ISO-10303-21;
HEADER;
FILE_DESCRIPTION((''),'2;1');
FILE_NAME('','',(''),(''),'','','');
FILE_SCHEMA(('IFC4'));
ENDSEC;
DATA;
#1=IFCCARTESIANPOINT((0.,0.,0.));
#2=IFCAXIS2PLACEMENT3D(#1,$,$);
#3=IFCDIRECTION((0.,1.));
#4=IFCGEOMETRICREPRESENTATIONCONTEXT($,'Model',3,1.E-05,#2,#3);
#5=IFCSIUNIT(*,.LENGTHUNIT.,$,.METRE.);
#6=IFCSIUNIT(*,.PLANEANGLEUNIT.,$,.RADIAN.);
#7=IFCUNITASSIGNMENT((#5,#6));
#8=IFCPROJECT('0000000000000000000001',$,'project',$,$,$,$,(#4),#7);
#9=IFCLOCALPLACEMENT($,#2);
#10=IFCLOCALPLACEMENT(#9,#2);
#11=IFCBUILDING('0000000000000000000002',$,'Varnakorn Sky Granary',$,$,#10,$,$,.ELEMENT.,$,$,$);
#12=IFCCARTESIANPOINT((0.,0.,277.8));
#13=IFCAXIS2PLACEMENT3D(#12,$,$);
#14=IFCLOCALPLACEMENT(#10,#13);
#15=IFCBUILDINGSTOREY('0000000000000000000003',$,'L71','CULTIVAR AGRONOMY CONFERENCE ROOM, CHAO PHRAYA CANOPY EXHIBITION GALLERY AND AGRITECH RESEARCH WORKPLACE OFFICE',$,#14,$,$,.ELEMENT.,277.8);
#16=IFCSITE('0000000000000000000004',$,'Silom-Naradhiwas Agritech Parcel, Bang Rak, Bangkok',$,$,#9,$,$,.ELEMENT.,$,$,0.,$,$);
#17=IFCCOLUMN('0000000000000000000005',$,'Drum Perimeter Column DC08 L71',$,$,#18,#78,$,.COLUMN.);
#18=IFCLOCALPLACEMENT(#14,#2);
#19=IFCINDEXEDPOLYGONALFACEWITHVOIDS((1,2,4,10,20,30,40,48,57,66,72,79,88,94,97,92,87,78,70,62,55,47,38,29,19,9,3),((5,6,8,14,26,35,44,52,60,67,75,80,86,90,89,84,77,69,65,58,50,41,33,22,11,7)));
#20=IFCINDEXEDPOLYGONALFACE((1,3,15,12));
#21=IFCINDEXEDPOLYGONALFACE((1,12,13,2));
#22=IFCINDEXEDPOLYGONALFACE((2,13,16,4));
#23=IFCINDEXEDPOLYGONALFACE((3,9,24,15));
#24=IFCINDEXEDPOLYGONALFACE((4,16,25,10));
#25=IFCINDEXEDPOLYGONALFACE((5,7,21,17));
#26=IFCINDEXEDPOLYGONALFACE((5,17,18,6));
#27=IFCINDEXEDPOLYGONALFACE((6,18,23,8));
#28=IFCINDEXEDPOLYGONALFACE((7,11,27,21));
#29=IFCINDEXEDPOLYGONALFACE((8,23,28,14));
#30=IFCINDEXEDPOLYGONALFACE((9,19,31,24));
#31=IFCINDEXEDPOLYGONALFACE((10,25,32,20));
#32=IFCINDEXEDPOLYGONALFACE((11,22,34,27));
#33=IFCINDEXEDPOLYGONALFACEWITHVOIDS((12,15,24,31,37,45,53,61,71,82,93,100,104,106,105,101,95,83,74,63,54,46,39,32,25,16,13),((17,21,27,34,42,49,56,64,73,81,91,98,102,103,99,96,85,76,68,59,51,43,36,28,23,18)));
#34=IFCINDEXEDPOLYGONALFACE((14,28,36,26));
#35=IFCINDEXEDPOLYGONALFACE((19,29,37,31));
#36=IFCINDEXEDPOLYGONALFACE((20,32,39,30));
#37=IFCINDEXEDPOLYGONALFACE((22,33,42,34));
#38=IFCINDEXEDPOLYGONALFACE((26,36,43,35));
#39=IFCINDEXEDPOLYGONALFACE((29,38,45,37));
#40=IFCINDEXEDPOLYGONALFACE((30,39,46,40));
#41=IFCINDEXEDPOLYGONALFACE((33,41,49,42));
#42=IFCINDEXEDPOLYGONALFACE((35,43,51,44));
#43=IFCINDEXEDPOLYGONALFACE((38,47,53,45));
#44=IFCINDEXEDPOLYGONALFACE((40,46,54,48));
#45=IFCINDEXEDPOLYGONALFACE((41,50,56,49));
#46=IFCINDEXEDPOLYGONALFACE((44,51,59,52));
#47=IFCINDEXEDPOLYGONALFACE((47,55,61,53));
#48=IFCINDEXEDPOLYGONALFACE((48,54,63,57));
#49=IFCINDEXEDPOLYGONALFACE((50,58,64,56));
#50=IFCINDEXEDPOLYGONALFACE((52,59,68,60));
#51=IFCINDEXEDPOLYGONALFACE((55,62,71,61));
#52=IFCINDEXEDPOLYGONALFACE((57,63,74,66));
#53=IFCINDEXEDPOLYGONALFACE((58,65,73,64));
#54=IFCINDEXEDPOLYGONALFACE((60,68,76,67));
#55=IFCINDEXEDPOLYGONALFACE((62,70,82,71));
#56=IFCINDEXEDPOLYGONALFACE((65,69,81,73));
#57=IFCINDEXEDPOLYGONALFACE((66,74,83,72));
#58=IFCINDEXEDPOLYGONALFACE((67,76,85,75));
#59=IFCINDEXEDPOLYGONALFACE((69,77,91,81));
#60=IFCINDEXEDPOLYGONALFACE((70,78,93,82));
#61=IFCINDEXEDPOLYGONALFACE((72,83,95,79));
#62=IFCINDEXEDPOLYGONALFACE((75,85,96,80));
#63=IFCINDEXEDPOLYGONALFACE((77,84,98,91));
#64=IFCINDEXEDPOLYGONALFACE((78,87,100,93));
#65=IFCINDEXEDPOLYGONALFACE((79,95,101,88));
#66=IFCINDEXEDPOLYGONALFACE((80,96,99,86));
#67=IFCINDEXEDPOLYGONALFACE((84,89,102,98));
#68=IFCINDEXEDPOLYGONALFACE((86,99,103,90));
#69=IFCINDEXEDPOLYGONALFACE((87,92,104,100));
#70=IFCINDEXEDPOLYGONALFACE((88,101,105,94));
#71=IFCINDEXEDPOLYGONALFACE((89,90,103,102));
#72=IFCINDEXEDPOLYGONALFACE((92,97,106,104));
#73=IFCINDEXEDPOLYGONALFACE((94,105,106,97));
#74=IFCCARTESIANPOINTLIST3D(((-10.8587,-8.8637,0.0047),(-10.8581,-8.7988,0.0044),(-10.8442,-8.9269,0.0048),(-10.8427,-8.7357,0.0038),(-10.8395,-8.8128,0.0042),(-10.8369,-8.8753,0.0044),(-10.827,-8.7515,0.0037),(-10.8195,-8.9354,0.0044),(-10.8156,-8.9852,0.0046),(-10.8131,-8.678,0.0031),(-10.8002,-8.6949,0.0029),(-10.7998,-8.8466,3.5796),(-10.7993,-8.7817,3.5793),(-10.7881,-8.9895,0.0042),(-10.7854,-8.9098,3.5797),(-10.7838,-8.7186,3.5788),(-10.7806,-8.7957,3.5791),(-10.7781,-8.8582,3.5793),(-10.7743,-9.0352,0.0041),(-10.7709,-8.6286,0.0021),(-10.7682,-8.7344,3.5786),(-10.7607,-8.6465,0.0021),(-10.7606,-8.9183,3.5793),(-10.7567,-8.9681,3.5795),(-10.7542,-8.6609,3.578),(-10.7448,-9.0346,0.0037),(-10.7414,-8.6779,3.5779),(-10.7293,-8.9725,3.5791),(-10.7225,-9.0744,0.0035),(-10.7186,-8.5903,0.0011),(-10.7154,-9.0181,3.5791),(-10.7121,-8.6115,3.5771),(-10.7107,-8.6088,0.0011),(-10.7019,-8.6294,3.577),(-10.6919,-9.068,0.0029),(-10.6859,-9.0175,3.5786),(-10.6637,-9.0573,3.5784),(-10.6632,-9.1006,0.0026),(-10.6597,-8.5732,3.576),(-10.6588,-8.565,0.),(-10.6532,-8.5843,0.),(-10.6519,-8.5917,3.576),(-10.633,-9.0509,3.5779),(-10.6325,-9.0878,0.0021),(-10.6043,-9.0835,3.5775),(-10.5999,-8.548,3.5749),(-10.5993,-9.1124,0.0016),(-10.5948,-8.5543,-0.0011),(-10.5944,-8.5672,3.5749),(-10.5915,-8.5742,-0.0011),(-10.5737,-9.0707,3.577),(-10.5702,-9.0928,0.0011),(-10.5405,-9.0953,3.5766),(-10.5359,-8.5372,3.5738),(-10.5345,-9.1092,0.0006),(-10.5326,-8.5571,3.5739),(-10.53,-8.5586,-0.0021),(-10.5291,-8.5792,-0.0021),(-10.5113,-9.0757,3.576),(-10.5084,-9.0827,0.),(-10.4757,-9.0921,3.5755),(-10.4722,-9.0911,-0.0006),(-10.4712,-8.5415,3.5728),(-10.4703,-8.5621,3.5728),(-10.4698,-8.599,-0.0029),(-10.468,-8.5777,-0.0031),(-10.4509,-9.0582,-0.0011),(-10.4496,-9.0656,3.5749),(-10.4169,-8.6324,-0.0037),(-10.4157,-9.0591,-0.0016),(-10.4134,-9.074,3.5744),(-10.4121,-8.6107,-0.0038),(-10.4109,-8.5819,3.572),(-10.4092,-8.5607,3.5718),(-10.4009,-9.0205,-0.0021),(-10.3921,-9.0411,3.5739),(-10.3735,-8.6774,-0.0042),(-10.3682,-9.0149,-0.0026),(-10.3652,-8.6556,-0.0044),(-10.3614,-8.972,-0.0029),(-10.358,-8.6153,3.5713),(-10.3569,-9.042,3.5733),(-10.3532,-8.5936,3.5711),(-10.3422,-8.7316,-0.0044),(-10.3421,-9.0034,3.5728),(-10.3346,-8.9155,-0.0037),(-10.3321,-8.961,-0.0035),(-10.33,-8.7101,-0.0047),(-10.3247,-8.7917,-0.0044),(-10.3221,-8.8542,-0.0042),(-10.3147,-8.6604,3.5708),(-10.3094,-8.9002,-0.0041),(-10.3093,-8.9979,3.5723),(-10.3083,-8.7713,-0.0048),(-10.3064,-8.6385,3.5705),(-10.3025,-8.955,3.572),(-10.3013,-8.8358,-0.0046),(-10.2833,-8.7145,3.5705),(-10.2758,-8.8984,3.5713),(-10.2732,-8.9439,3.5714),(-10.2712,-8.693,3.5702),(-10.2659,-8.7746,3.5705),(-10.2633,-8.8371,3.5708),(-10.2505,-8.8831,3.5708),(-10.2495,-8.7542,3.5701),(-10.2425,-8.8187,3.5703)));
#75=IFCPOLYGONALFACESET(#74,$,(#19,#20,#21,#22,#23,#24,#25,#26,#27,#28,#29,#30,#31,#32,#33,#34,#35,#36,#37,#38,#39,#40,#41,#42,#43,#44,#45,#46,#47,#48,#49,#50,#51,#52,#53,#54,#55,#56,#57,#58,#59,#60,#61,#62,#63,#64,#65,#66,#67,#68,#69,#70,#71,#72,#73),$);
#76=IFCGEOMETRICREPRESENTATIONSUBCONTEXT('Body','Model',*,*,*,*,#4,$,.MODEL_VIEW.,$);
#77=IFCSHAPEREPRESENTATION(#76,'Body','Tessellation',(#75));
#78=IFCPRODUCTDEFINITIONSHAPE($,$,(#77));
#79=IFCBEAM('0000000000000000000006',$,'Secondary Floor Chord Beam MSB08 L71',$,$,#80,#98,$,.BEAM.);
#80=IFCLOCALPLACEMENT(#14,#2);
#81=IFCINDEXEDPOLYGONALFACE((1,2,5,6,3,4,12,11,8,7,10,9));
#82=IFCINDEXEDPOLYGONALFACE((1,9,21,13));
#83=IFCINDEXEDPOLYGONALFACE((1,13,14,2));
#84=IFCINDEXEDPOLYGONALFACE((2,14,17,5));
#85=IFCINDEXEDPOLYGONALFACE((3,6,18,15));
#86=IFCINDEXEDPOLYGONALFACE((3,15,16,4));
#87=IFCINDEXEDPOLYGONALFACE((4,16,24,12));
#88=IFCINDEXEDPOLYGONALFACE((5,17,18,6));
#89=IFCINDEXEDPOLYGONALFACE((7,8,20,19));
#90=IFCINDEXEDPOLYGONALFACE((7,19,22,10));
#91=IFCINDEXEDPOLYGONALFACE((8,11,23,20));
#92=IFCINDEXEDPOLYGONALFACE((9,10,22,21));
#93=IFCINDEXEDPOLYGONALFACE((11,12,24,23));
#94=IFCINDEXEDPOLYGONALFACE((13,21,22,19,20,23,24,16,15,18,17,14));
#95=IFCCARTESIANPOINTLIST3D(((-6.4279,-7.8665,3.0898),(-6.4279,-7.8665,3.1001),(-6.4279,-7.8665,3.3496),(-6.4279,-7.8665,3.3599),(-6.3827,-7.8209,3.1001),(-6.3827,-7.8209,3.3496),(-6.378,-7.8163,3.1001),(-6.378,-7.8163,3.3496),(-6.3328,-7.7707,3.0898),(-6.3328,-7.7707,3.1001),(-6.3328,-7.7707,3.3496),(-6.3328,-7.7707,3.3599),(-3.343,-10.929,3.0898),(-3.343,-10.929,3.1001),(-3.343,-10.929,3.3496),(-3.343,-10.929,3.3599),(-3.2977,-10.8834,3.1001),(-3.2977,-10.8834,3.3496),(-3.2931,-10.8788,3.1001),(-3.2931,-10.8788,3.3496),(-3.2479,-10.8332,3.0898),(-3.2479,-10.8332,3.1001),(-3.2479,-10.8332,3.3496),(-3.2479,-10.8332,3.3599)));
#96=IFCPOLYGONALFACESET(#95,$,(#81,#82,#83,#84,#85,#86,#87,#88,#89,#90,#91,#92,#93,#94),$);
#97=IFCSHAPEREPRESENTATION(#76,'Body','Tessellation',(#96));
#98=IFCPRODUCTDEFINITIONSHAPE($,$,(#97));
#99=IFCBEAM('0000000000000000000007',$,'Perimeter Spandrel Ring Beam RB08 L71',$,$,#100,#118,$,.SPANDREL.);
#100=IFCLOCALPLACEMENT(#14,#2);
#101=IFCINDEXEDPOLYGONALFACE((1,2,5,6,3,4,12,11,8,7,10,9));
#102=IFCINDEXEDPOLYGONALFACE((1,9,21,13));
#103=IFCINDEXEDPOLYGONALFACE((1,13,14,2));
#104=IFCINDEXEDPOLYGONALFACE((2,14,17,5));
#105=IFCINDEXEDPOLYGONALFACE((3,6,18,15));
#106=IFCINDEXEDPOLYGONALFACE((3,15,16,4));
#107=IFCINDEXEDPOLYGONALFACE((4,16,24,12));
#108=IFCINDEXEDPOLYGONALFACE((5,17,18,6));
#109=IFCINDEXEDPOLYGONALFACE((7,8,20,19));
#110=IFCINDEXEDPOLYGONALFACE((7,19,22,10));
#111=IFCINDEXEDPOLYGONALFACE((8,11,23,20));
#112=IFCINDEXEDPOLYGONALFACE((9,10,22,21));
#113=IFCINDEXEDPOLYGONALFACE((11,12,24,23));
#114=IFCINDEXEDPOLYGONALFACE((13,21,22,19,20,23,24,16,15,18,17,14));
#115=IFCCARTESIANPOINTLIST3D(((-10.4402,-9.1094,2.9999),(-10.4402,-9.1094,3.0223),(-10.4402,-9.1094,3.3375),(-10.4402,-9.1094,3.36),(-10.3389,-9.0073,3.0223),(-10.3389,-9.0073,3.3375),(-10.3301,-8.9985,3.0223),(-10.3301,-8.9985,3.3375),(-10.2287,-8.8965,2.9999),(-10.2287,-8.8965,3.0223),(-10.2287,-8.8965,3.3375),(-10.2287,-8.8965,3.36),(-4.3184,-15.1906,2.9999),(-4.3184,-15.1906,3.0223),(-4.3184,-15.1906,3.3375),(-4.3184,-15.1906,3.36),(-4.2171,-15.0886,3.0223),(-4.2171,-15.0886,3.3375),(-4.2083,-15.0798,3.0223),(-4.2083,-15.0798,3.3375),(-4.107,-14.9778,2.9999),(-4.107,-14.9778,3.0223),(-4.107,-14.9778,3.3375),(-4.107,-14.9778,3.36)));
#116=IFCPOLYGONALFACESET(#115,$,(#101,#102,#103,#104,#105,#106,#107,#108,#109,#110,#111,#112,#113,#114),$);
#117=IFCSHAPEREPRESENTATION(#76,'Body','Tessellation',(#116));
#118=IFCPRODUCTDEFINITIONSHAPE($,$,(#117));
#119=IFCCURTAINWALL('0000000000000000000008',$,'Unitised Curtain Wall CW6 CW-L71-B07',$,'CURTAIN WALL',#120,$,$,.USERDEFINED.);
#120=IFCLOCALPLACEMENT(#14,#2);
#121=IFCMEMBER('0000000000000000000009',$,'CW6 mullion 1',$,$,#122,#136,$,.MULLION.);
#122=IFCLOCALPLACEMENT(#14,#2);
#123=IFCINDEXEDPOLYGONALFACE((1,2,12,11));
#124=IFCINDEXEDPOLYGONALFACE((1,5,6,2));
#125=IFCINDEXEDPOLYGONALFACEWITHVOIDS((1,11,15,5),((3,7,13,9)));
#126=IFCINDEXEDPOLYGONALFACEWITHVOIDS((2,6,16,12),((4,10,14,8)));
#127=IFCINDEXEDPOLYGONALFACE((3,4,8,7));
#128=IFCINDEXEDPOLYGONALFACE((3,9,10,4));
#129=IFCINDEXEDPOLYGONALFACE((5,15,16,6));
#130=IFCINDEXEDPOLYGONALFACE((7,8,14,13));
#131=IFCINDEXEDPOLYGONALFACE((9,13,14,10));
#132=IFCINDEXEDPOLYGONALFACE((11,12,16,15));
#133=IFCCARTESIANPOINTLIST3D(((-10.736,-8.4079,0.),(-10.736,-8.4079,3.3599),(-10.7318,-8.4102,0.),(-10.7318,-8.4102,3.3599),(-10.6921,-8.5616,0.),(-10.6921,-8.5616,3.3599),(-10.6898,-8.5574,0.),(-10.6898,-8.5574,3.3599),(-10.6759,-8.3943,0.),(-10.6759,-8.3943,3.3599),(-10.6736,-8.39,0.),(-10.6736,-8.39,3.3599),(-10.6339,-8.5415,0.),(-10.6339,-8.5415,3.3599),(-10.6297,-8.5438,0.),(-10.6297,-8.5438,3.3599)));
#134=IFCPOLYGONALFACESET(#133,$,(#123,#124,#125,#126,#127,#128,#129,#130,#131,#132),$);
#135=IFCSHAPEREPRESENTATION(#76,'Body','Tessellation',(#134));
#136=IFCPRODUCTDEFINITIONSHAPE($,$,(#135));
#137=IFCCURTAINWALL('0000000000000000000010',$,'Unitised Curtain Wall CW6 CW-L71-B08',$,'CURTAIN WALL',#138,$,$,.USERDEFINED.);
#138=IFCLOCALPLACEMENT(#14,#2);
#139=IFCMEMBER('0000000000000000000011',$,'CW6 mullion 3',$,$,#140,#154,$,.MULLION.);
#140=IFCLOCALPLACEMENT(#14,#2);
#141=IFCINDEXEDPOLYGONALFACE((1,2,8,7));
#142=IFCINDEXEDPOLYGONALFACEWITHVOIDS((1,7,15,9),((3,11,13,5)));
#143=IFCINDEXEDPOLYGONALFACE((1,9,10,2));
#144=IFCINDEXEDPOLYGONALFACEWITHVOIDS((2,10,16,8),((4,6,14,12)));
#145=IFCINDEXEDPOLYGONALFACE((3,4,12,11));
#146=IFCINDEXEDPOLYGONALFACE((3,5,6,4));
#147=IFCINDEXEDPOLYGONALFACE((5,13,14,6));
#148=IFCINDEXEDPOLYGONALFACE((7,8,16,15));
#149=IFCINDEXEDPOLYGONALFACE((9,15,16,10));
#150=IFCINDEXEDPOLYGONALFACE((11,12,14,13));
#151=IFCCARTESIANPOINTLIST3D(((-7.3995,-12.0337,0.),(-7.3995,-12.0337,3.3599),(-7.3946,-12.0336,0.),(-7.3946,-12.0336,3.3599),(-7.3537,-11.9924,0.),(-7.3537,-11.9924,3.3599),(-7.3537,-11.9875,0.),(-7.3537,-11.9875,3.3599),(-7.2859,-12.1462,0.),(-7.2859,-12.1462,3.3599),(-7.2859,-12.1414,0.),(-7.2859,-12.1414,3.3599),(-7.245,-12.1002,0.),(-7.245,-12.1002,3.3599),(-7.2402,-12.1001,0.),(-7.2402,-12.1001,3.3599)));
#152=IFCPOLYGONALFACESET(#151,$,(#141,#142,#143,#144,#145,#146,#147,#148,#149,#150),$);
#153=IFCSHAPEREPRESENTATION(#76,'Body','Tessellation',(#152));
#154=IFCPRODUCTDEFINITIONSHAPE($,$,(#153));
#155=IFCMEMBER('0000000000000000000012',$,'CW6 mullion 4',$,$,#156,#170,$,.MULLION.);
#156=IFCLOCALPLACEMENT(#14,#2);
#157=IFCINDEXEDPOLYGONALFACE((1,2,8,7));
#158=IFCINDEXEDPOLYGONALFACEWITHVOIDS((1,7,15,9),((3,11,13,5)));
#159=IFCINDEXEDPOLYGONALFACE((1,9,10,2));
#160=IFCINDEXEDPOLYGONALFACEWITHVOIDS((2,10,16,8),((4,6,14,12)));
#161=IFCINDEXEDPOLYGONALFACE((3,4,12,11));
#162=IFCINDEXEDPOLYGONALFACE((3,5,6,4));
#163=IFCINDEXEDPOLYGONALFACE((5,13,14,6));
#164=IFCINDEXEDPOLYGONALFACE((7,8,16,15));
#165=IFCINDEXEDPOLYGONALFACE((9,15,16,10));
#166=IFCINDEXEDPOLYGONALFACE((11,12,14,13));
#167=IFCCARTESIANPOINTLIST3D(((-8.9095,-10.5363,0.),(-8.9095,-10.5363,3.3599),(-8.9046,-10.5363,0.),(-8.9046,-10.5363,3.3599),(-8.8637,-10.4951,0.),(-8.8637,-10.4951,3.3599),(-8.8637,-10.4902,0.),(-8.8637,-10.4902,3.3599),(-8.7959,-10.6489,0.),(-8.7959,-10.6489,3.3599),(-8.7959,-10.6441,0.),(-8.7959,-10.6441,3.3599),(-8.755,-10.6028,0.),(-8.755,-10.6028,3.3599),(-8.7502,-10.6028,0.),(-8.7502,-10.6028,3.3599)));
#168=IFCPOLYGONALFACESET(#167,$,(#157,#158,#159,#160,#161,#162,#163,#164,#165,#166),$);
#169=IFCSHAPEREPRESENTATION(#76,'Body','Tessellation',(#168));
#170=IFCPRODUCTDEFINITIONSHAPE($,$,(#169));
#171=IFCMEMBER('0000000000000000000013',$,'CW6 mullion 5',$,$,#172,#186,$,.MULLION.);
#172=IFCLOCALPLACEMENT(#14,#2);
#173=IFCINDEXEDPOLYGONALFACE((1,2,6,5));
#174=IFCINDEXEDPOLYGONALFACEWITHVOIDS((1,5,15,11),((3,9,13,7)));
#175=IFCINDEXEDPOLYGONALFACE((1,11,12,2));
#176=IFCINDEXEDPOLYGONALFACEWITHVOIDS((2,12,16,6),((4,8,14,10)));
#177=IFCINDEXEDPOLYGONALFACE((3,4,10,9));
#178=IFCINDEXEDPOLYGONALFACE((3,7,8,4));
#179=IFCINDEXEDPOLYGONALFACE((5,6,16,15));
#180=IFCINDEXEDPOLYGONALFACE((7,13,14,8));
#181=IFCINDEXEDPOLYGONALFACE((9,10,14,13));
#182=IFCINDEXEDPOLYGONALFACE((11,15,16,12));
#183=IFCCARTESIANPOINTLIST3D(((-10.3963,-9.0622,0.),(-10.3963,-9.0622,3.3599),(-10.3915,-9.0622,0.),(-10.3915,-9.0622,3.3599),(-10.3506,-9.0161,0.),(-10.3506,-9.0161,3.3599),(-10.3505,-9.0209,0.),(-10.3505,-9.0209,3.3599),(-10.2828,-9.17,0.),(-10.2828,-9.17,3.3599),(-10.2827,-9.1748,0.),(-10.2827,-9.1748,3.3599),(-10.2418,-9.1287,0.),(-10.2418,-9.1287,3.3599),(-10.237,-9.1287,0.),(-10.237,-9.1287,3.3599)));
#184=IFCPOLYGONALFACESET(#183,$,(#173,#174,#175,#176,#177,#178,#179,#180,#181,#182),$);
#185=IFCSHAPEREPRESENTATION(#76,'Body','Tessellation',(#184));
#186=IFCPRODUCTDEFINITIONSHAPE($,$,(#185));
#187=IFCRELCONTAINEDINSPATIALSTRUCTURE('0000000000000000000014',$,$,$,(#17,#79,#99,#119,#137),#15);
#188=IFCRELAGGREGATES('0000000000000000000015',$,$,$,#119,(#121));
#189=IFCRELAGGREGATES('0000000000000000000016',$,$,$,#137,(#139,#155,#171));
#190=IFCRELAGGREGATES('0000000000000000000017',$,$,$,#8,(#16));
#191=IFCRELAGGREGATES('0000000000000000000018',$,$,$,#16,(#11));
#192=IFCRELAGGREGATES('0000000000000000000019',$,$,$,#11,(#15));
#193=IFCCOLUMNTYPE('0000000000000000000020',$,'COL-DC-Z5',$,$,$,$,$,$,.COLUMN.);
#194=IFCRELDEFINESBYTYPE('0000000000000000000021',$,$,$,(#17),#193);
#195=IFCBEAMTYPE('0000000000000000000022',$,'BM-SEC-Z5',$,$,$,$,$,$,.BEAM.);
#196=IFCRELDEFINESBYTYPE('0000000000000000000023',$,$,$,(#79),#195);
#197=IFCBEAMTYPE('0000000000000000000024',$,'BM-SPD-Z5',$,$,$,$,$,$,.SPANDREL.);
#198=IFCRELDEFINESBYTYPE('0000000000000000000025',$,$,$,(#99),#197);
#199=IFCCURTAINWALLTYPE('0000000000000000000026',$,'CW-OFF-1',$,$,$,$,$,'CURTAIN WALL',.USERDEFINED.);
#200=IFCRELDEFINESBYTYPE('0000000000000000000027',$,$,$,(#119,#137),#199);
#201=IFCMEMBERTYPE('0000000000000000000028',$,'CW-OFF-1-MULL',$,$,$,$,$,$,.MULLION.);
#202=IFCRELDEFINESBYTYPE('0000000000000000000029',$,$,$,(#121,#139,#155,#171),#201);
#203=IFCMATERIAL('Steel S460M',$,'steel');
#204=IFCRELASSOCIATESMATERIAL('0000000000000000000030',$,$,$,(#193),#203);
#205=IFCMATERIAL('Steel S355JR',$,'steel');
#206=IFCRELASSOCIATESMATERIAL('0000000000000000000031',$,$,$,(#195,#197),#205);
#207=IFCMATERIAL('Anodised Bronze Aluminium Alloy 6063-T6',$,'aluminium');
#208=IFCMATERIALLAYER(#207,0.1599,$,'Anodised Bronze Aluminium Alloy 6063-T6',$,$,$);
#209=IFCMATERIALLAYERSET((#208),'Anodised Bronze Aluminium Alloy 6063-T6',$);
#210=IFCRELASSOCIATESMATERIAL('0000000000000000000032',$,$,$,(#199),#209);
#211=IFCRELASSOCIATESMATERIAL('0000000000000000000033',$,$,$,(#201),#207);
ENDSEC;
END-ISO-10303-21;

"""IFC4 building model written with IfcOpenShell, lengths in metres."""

from ifc_helpers import new_model, si_unit, direction, frame, origin, origin_2d, place, context, subcontext, project, spatial, hollow_rectangle, hollow_circle, i_section, extrude, material, layer, layer_set, material_profile, profile_set, type_object, element, aggregate, save


model = new_model("IFC4")

# Units and contexts
model_context = context("Model", 3, precision=1e-05, world=origin(), true_north=direction((0.0, 1.0)))
body_context = subcontext(model_context, "Body", "Model", "MODEL_VIEW")
ifc_project = project(units=[si_unit("LENGTHUNIT", "METRE"), si_unit("PLANEANGLEUNIT", "RADIAN")], contexts=[model_context])

# Site, building, storey
site_placement = place(None, origin())
site = spatial("IfcSite", under=ifc_project, at=site_placement, Name="Silom-Naradhiwas Agritech Parcel, Bang Rak, Bangkok", CompositionType="ELEMENT", RefElevation=0.0)
building_placement = place(site_placement, origin())
building = spatial("IfcBuilding", under=site, at=building_placement, Name="Varnakorn Sky Granary", CompositionType="ELEMENT")
storey_placement = place(building_placement, frame((0.0, 0.0, 277.8)))
storey = spatial("IfcBuildingStorey", under=building, at=storey_placement, Name="L71", Description="CULTIVAR AGRONOMY CONFERENCE ROOM, CHAO PHRAYA CANOPY EXHIBITION GALLERY AND AGRITECH RESEARCH WORKPLACE OFFICE", CompositionType="ELEMENT", Elevation=277.8)

# Column
ifc_material_1 = material(Name="Steel S460M", Category="steel")
ifc_material_profile_1 = material_profile(ifc_material_1, hollow_circle(Radius=0.2795, WallThickness=0.02, at=origin_2d()), Name="CHS 559x20")
ifc_profile_set_1 = profile_set([ifc_material_profile_1], Name="Steel S460M")
column_type = type_object("IfcColumnType", Name="COL-DC-Z5", PredefinedType="COLUMN", material=ifc_profile_set_1)
column_placement = place(storey_placement, frame((-10.5808, -8.8335, 0.0), z_axis=(0.016456, 0.00478, 0.999853), x_axis=(-0.278929, 0.960312, 0.0)))
element("IfcColumn", 1, at=column_placement, inside=storey, type_object=column_type, Name="Drum Perimeter Column DC08 L71", PredefinedType="COLUMN", context=body_context, shape_type="SweptSolid", body=[
    extrude(hollow_circle(Radius=0.2795, WallThickness=0.02, at=origin_2d()), origin(), (0.0, 0.0, 1.0), 3.5754),
])

# Beams
ifc_material_2 = material(Name="Steel S355JR", Category="steel")
ifc_material_profile_2 = material_profile(ifc_material_2, i_section(OverallWidth=0.135, OverallDepth=0.27, WebThickness=0.0066, FlangeThickness=0.0103, at=origin_2d()), Name="IPE 270")
ifc_profile_set_2 = profile_set([ifc_material_profile_2], Name="Steel S355JR")
beam_type_1 = type_object("IfcBeamType", Name="BM-SEC-Z5", PredefinedType="BEAM", material=ifc_profile_set_2)
beam_1_placement = place(storey_placement, frame((-6.3804, -7.8186, 3.2249), z_axis=(0.709686, -0.704519, 0.0), x_axis=(0.704519, 0.709686, 0.0)))
element("IfcBeam", 2, at=beam_1_placement, inside=storey, type_object=beam_type_1, Name="Secondary Floor Chord Beam MSB08 L71", PredefinedType="BEAM", context=body_context, shape_type="SweptSolid", body=[
    extrude(i_section(OverallWidth=0.135, OverallDepth=0.27, WebThickness=0.0066, FlangeThickness=0.0103, at=origin_2d()), origin(), (0.0, 0.0, 1.0), 4.3469),
])
ifc_material_profile_3 = material_profile(ifc_material_2, i_section(OverallWidth=0.3, OverallDepth=0.3601, WebThickness=0.0125, FlangeThickness=0.0225, at=origin_2d()), Name="HE 360 B")
ifc_profile_set_3 = profile_set([ifc_material_profile_3], Name="Steel S355JR")
beam_type_2 = type_object("IfcBeamType", Name="BM-SPD-Z5", PredefinedType="SPANDREL", material=ifc_profile_set_3)
beam_2_placement = place(storey_placement, frame((-10.3345, -9.0029, 3.1799), z_axis=(0.709451, -0.704755, 0.0), x_axis=(0.704755, 0.709451, 0.0)))
element("IfcBeam", 3, at=beam_2_placement, inside=storey, type_object=beam_type_2, Name="Perimeter Spandrel Ring Beam RB08 L71", PredefinedType="SPANDREL", context=body_context, shape_type="SweptSolid", body=[
    extrude(i_section(OverallWidth=0.3, OverallDepth=0.3601, WebThickness=0.0125, FlangeThickness=0.0225, at=origin_2d()), origin(), (0.0, 0.0, 1.0), 8.6289),
])

# Curtain wall, member
ifc_material_3 = material(Name="Anodised Bronze Aluminium Alloy 6063-T6", Category="aluminium")
ifc_layer_1 = layer(ifc_material_3, 0.1599, Name="Anodised Bronze Aluminium Alloy 6063-T6")
ifc_layer_set_1 = layer_set([ifc_layer_1], Name="Anodised Bronze Aluminium Alloy 6063-T6")
curtain_wall_type = type_object("IfcCurtainWallType", Name="CW-OFF-1", ElementType="CURTAIN WALL", PredefinedType="USERDEFINED", material=ifc_layer_set_1)
curtain_wall_1_placement = place(storey_placement, origin())
curtain_wall_1 = element("IfcCurtainWall", 4, at=curtain_wall_1_placement, inside=storey, type_object=curtain_wall_type, Name="Unitised Curtain Wall CW6 CW-L71-B07", ObjectType="CURTAIN WALL", PredefinedType="USERDEFINED")
ifc_material_profile_4 = material_profile(ifc_material_3, hollow_rectangle(XDim=0.0649, YDim=0.1599, WallThickness=0.0034, at=origin_2d()), Name="ALU MULL 65x160")
ifc_profile_set_4 = profile_set([ifc_material_profile_4], Name="Anodised Bronze Aluminium Alloy 6063-T6")
member_type_1 = type_object("IfcMemberType", Name="CW-OFF-1-MULL", PredefinedType="MULLION", material=ifc_profile_set_4)
member_1_placement = place(storey_placement, frame((-10.6829, -8.4758, 0.0), z_axis=(0.0, 0.0, 1.0), x_axis=(-0.96157, -0.27456, 0.0)))
member_1 = element("IfcMember", 5, at=member_1_placement, type_object=member_type_1, Name="CW6 mullion 1", PredefinedType="MULLION", context=body_context, shape_type="SweptSolid", body=[
    extrude(hollow_rectangle(XDim=0.0649, YDim=0.1599, WallThickness=0.0034, at=origin_2d()), origin(), (0.0, 0.0, 1.0), 3.3599),
])

# Curtain wall, members
curtain_wall_2_placement = place(storey_placement, origin())
curtain_wall_2 = element("IfcCurtainWall", 6, at=curtain_wall_2_placement, inside=storey, type_object=curtain_wall_type, Name="Unitised Curtain Wall CW6 CW-L71-B08", ObjectType="CURTAIN WALL", PredefinedType="USERDEFINED")
member_2_placement = place(storey_placement, frame((-7.3198, -12.0669, 0.0), z_axis=(0.0, 0.0, 1.0), x_axis=(-0.704102, -0.710099, 0.0)))
member_2 = element("IfcMember", 7, at=member_2_placement, type_object=member_type_1, Name="CW6 mullion 3", PredefinedType="MULLION", context=body_context, shape_type="SweptSolid", body=[
    extrude(hollow_rectangle(XDim=0.0649, YDim=0.1599, WallThickness=0.0034, at=origin_2d()), origin(), (0.0, 0.0, 1.0), 3.3599),
])
member_3_placement = place(storey_placement, frame((-8.8298, -10.5696, 0.0), z_axis=(0.0, 0.0, 1.0), x_axis=(-0.704102, -0.710099, 0.0)))
member_3 = element("IfcMember", 8, at=member_3_placement, type_object=member_type_1, Name="CW6 mullion 4", PredefinedType="MULLION", context=body_context, shape_type="SweptSolid", body=[
    extrude(hollow_rectangle(XDim=0.0649, YDim=0.1599, WallThickness=0.0034, at=origin_2d()), origin(), (0.0, 0.0, 1.0), 3.3599),
])
member_4_placement = place(storey_placement, frame((-10.3167, -9.0955, 0.0), z_axis=(0.0, 0.0, 1.0), x_axis=(-0.704102, -0.710099, 0.0)))
member_4 = element("IfcMember", 9, at=member_4_placement, type_object=member_type_1, Name="CW6 mullion 5", PredefinedType="MULLION", context=body_context, shape_type="SweptSolid", body=[
    extrude(hollow_rectangle(XDim=0.0649, YDim=0.1599, WallThickness=0.0034, at=origin_2d()), origin(), (0.0, 0.0, 1.0), 3.3599),
])

aggregate(curtain_wall_1, [member_1])
aggregate(curtain_wall_2, [member_2, member_3, member_4])

save(model, "model.ifc")
